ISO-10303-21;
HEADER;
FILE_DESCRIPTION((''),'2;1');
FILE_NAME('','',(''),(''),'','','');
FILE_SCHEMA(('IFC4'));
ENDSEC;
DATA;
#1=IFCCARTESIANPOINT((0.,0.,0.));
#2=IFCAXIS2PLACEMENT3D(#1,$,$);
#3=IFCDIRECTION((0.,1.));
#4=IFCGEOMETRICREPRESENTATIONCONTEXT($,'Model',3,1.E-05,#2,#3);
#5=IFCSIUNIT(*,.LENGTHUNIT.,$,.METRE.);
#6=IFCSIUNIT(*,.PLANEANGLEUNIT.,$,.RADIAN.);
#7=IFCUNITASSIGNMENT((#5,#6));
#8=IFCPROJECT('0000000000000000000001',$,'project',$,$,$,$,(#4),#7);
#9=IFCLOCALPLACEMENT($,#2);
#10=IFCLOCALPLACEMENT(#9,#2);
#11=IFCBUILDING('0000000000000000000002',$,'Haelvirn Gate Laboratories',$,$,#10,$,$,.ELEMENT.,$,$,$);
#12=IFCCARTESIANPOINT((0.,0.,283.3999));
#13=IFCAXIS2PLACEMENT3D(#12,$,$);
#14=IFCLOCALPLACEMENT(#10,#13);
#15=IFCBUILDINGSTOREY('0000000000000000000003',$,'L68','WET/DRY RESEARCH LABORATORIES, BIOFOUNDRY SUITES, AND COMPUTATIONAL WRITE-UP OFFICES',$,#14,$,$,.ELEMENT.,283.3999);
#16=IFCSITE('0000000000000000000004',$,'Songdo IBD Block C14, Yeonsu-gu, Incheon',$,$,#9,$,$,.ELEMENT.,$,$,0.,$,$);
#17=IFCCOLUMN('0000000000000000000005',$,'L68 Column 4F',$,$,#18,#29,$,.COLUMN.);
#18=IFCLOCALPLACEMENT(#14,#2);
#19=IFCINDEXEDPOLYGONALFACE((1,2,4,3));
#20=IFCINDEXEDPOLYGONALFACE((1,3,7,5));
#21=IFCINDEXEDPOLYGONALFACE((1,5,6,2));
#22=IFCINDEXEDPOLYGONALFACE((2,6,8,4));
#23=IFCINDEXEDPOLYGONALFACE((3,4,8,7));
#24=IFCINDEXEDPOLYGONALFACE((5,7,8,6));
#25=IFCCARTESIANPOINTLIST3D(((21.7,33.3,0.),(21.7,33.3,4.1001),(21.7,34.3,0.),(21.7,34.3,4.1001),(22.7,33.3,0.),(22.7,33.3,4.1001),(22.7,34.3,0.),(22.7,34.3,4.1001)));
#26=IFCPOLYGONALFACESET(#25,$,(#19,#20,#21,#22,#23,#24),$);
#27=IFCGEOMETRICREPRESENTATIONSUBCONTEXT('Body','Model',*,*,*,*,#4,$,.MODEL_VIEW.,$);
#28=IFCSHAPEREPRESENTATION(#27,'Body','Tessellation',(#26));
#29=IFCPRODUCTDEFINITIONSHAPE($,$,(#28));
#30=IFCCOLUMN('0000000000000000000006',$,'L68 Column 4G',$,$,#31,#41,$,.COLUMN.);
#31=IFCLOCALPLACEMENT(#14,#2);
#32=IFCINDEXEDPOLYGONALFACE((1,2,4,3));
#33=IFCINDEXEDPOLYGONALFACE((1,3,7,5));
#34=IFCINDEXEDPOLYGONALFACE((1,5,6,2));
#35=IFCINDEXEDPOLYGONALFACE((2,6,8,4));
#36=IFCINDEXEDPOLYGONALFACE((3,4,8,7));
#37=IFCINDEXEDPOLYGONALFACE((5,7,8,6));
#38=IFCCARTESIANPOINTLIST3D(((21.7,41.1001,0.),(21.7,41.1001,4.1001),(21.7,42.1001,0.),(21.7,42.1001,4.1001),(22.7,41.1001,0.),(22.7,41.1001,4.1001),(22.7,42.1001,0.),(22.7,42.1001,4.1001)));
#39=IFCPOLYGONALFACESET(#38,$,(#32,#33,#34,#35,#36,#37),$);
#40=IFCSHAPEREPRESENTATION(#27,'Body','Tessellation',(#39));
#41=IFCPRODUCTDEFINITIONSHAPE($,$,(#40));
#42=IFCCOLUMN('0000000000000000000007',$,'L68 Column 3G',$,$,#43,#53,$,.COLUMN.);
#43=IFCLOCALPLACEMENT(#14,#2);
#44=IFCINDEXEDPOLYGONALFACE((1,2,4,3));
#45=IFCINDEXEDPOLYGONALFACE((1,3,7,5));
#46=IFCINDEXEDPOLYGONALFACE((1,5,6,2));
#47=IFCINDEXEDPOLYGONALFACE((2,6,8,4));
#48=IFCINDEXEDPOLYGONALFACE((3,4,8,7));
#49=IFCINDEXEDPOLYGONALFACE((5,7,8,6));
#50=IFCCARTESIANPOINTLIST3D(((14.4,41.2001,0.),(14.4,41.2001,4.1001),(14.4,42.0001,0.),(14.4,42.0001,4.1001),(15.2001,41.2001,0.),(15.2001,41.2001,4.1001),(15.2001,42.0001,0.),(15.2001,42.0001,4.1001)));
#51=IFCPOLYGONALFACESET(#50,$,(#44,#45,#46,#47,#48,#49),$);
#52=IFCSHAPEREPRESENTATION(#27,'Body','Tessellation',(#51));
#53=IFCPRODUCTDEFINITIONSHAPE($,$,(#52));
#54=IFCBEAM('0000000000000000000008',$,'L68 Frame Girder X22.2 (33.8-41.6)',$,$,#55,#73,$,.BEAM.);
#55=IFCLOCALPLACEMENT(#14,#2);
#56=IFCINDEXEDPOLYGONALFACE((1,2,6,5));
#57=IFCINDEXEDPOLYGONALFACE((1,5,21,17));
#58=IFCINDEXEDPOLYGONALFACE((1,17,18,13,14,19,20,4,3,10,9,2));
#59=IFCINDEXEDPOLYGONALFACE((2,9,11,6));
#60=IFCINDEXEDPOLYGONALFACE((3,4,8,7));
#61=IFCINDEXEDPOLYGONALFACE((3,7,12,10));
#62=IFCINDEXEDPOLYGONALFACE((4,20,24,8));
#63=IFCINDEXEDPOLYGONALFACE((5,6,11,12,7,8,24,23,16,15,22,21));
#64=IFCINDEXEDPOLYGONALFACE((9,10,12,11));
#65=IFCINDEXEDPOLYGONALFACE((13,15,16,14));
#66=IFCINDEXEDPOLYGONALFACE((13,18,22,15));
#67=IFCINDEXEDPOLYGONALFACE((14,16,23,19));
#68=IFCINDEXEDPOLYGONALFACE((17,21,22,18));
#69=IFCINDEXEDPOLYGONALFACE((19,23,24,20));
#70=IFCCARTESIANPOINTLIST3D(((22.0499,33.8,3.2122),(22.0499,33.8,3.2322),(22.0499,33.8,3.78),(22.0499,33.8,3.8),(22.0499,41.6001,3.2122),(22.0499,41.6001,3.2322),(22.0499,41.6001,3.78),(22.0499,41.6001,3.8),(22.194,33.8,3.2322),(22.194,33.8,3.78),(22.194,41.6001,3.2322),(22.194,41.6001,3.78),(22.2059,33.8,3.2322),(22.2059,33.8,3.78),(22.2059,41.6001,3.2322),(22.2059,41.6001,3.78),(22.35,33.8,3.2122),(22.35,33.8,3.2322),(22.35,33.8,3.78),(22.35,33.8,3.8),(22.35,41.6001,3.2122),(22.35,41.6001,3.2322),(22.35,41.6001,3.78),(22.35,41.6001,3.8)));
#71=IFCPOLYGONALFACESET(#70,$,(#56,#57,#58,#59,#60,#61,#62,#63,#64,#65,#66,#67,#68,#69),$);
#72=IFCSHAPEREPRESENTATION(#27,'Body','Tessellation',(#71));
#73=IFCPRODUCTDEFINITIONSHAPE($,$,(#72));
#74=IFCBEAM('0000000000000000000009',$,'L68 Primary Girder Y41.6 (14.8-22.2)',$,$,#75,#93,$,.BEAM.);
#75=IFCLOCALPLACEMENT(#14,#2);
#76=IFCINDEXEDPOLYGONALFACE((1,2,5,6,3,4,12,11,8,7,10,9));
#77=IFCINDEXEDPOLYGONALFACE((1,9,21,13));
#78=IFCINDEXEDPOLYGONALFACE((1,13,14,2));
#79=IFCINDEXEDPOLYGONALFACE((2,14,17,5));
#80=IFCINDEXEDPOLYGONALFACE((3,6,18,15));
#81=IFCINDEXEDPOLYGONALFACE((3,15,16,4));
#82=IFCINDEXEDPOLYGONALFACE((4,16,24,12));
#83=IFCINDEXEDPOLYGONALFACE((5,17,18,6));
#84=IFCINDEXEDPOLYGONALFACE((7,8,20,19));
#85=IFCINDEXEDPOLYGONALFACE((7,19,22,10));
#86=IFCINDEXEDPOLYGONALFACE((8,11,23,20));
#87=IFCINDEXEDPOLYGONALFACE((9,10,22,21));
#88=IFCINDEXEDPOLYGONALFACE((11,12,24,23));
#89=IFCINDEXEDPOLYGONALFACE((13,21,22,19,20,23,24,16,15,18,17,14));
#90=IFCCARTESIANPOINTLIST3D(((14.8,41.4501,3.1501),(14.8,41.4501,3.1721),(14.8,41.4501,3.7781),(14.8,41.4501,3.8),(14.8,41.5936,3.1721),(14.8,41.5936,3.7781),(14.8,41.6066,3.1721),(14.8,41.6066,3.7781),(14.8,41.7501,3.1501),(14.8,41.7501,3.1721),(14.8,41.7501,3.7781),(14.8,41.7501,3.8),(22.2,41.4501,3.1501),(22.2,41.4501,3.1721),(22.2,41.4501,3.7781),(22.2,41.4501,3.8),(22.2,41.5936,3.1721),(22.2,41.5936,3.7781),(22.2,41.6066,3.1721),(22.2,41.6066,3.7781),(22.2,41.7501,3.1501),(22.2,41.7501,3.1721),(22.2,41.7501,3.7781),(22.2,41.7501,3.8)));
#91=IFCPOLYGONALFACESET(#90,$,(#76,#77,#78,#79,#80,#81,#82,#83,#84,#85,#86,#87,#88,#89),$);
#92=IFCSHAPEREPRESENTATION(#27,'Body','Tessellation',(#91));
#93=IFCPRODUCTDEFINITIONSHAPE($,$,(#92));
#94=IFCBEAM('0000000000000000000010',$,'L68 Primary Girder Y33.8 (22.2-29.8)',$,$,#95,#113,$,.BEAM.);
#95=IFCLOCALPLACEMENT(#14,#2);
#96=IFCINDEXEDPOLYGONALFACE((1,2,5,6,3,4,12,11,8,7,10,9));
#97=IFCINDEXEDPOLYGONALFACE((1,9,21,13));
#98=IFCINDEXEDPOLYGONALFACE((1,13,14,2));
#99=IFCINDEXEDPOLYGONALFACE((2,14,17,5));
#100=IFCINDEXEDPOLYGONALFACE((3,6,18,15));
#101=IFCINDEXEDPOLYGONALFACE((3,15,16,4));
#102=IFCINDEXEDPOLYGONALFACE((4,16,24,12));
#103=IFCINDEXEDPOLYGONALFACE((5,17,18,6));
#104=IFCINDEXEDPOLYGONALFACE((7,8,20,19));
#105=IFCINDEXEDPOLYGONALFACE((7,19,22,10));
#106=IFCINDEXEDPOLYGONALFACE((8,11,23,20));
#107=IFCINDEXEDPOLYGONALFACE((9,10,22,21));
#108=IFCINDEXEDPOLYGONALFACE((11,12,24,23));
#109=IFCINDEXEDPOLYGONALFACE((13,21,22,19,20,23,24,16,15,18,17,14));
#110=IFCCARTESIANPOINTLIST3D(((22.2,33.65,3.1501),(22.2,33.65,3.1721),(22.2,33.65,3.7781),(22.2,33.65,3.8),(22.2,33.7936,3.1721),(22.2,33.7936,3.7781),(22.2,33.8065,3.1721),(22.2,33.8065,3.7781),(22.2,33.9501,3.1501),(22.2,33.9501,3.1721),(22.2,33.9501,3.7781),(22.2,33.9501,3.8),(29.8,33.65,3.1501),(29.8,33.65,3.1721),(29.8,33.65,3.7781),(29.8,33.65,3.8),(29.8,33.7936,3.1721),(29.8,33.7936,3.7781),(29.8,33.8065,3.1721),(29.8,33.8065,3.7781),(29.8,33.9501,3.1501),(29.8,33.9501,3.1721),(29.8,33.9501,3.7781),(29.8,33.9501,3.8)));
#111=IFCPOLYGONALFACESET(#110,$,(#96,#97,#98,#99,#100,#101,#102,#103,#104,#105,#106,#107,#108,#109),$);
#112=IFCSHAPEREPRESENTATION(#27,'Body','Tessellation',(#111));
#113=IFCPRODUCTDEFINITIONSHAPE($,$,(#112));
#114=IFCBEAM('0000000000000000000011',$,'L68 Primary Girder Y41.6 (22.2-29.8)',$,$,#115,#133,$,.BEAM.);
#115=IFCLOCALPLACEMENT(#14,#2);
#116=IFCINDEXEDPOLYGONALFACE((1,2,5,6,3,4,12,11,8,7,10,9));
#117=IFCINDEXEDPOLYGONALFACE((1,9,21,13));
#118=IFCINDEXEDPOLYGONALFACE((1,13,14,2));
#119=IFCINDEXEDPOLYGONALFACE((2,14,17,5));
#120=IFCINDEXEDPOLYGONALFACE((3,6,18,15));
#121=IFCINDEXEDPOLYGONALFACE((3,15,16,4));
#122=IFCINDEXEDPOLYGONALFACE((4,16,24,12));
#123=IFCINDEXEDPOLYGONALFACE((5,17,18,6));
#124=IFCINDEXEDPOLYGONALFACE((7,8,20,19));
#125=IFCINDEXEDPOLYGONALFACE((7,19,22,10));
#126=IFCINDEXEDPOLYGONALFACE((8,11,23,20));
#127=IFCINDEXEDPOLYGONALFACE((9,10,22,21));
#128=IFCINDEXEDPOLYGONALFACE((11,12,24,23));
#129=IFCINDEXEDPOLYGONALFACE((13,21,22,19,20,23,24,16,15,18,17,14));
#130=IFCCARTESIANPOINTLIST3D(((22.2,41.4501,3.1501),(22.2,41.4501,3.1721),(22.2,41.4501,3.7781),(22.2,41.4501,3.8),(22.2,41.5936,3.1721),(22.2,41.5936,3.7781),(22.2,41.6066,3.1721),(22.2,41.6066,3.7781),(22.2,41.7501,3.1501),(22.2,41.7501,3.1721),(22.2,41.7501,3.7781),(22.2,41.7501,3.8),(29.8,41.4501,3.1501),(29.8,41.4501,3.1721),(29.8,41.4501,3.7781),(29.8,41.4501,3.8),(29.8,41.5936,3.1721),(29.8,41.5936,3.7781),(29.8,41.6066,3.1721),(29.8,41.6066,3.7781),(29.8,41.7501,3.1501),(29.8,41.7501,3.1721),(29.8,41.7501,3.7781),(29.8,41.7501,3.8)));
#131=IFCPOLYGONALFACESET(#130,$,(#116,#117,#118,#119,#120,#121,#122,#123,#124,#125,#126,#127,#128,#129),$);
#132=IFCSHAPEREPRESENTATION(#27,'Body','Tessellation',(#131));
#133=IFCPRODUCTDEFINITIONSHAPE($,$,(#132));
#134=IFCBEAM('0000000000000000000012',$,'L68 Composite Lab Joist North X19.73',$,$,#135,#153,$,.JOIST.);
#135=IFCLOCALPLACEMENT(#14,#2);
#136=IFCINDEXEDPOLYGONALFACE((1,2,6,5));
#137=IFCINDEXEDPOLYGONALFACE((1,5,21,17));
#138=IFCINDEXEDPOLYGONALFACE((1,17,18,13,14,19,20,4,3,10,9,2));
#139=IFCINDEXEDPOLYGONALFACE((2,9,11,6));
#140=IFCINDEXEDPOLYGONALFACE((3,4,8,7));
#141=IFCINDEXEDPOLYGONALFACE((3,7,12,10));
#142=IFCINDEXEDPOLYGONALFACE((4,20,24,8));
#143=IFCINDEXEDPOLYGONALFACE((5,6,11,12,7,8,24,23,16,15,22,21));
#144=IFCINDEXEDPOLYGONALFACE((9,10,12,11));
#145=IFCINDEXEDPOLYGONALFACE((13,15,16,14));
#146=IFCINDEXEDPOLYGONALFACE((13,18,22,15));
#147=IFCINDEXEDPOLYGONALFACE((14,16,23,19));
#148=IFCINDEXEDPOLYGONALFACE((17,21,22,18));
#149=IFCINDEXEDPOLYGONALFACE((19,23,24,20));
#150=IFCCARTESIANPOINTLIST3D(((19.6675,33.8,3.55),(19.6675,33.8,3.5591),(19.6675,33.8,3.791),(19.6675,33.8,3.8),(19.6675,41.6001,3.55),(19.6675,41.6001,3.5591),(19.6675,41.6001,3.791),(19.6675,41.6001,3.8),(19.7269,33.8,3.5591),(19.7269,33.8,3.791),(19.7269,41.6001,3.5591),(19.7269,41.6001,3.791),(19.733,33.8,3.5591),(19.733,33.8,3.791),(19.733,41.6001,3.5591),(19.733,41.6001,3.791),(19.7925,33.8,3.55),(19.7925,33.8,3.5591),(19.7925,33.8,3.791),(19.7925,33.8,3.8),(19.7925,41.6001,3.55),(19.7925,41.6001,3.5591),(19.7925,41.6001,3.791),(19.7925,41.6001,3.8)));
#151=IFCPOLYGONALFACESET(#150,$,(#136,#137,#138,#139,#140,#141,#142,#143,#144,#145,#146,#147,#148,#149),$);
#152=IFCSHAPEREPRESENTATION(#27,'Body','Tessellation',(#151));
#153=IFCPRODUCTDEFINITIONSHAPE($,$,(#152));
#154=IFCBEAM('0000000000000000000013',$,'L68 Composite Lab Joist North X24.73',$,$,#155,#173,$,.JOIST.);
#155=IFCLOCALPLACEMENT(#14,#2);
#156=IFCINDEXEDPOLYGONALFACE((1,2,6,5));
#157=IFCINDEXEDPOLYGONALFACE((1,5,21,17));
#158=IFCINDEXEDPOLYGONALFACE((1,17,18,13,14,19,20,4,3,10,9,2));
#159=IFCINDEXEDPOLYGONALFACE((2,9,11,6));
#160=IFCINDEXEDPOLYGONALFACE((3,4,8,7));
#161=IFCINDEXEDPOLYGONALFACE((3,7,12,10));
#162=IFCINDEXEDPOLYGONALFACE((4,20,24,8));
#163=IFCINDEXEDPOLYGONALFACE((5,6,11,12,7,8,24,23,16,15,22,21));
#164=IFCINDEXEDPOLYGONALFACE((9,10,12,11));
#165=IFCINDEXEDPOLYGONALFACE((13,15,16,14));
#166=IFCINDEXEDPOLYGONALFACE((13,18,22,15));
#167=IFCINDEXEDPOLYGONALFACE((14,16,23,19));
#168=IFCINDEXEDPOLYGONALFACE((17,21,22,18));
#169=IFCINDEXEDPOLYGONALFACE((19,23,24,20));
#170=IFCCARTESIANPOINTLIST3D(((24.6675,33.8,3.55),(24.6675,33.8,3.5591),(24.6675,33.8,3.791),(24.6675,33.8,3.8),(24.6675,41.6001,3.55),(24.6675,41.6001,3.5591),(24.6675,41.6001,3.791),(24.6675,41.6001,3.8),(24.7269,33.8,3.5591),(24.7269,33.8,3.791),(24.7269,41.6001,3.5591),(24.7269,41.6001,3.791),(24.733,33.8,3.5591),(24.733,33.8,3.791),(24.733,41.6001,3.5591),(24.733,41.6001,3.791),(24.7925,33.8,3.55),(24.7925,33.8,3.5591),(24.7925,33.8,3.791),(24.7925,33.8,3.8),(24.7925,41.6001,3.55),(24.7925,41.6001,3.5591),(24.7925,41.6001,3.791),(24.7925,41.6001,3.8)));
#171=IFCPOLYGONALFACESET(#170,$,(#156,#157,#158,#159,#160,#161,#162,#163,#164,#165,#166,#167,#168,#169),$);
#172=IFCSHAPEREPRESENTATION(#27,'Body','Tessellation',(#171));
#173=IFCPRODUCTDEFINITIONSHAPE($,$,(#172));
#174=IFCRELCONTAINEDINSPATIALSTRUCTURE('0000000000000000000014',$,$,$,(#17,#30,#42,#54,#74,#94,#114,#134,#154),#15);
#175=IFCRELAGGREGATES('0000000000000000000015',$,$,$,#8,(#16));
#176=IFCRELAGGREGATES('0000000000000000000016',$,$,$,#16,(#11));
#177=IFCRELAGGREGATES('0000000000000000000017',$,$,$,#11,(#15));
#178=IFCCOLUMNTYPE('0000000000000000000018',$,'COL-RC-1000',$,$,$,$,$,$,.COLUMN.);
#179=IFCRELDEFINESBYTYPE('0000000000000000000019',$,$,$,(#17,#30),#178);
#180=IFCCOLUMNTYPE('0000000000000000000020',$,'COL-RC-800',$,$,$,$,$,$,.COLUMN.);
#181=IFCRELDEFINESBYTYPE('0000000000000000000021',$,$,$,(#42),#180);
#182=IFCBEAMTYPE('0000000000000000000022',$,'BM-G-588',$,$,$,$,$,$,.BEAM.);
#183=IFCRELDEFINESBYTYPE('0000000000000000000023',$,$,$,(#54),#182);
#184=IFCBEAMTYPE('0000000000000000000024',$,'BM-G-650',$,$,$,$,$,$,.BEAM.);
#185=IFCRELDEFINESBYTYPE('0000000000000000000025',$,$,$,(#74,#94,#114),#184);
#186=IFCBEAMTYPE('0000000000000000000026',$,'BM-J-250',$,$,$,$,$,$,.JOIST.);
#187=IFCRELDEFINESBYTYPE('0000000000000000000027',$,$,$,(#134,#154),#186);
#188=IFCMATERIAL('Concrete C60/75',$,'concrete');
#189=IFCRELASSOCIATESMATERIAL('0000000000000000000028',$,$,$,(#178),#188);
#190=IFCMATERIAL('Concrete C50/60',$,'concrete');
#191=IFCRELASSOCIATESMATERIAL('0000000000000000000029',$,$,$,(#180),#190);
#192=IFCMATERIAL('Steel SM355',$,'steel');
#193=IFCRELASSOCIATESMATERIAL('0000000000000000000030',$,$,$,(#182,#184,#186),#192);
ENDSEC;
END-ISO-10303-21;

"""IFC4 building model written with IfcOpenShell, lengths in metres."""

from ifc_helpers import new_model, si_unit, direction, frame, origin, origin_2d, place, context, subcontext, project, spatial, rectangle, i_section, extrude, source, transform, mapped, material, material_profile, profile_set, type_object, type_shapes, element, save


model = new_model("IFC4")

# Units and contexts
model_context = context("Model", 3, precision=1e-05, world=origin(), true_north=direction((0.0, 1.0)))
body_context = subcontext(model_context, "Body", "Model", "MODEL_VIEW")
ifc_project = project(units=[si_unit("LENGTHUNIT", "METRE"), si_unit("PLANEANGLEUNIT", "RADIAN")], contexts=[model_context])

# Site, building, storey
site_placement = place(None, origin())
site = spatial("IfcSite", under=ifc_project, at=site_placement, Name="Songdo IBD Block C14, Yeonsu-gu, Incheon", CompositionType="ELEMENT", RefElevation=0.0)
building_placement = place(site_placement, origin())
building = spatial("IfcBuilding", under=site, at=building_placement, Name="Haelvirn Gate Laboratories", CompositionType="ELEMENT")
storey_placement = place(building_placement, frame((0.0, 0.0, 283.3999)))
storey = spatial("IfcBuildingStorey", under=building, at=storey_placement, Name="L68", Description="WET/DRY RESEARCH LABORATORIES, BIOFOUNDRY SUITES, AND COMPUTATIONAL WRITE-UP OFFICES", CompositionType="ELEMENT", Elevation=283.3999)

# Columns
ifc_material_1 = material(Name="Concrete C60/75", Category="concrete")
ifc_material_profile_1 = material_profile(ifc_material_1, rectangle(XDim=1.0, YDim=1.0, at=origin_2d()), Name="RC-1000x1000")
ifc_profile_set_1 = profile_set([ifc_material_profile_1], Name="Concrete C60/75")
column_type_1 = type_object("IfcColumnType", Name="COL-RC-1000", PredefinedType="COLUMN", material=ifc_profile_set_1)
shared_shape_1 = source(origin(), body_context, "Body", "SweptSolid", [
    extrude(rectangle(XDim=1.0, YDim=1.0, at=origin_2d()), origin(), (0.0, 0.0, 1.0), 4.1001),
])
type_shapes(column_type_1, [shared_shape_1])
for number, where, z_axis, x_axis, name in (
    (1, (22.2, 33.8, 0.0), (0.0, 0.0, 1.0), (1.0, 0.0, 0.0), "L68 Column 4F"),
    (2, (22.2, 41.6001, 0.0), (0.0, 0.0, 1.0), (1.0, 0.0, 0.0), "L68 Column 4G"),
):
    element("IfcColumn", number, at=place(storey_placement, frame(where, z_axis=z_axis, x_axis=x_axis)), inside=storey, type_object=column_type_1, Name=name, PredefinedType="COLUMN", context=body_context, shape_type="MappedRepresentation", body=[
        mapped(shared_shape_1, transform((0.0, 0.0, 0.0), scale=1.0)),
    ])
ifc_material_2 = material(Name="Concrete C50/60", Category="concrete")
ifc_material_profile_2 = material_profile(ifc_material_2, rectangle(XDim=0.8, YDim=0.8, at=origin_2d()), Name="RC-800x800")
ifc_profile_set_2 = profile_set([ifc_material_profile_2], Name="Concrete C50/60")
column_type_2 = type_object("IfcColumnType", Name="COL-RC-800", PredefinedType="COLUMN", material=ifc_profile_set_2)
shared_shape_2 = source(origin(), body_context, "Body", "SweptSolid", [
    extrude(rectangle(XDim=0.8, YDim=0.8, at=origin_2d()), origin(), (0.0, 0.0, 1.0), 4.1001),
])
type_shapes(column_type_2, [shared_shape_2])
column_placement = place(storey_placement, frame((14.8, 41.6001, 0.0), z_axis=(0.0, 0.0, 1.0), x_axis=(1.0, 0.0, 0.0)))
element("IfcColumn", 3, at=column_placement, inside=storey, type_object=column_type_2, Name="L68 Column 3G", PredefinedType="COLUMN", context=body_context, shape_type="MappedRepresentation", body=[
    mapped(shared_shape_2, transform((0.0, 0.0, 0.0), scale=1.0)),
])

# Beams
ifc_material_3 = material(Name="Steel SM355", Category="steel")
ifc_material_profile_3 = material_profile(ifc_material_3, i_section(OverallWidth=0.3, OverallDepth=0.5879, WebThickness=0.012, FlangeThickness=0.02, at=origin_2d()), Name="H-588x300x12x20")
ifc_profile_set_3 = profile_set([ifc_material_profile_3], Name="Steel SM355")
beam_type_1 = type_object("IfcBeamType", Name="BM-G-588", PredefinedType="BEAM", material=ifc_profile_set_3)
shared_shape_3 = source(origin(), body_context, "Body", "SweptSolid", [
    extrude(i_section(OverallWidth=0.3, OverallDepth=0.5879, WebThickness=0.012, FlangeThickness=0.02, at=origin_2d()), origin(), (0.0, 0.0, 1.0), 7.8),
])
type_shapes(beam_type_1, [shared_shape_3])
beam_1_placement = place(storey_placement, frame((22.2, 33.8, 3.5061), z_axis=(0.0, 1.0, 0.0), x_axis=(-1.0, 0.0, 0.0)))
element("IfcBeam", 4, at=beam_1_placement, inside=storey, type_object=beam_type_1, Name="L68 Frame Girder X22.2 (33.8-41.6)", PredefinedType="BEAM", context=body_context, shape_type="MappedRepresentation", body=[
    mapped(shared_shape_3, transform((0.0, 0.0, 0.0), scale=1.0)),
])
ifc_material_profile_4 = material_profile(ifc_material_3, i_section(OverallWidth=0.3, OverallDepth=0.6499, WebThickness=0.0129, FlangeThickness=0.022, at=origin_2d()), Name="H-650x300x13x22")
ifc_profile_set_4 = profile_set([ifc_material_profile_4], Name="Steel SM355")
beam_type_2 = type_object("IfcBeamType", Name="BM-G-650", PredefinedType="BEAM", material=ifc_profile_set_4)
shared_shape_4 = source(origin(), body_context, "Body", "SweptSolid", [
    extrude(i_section(OverallWidth=0.3, OverallDepth=0.6499, WebThickness=0.0129, FlangeThickness=0.022, at=origin_2d()), origin(), (0.0, 0.0, 1.0), 7.3999),
])
beam_2_placement = place(storey_placement, frame((14.8, 41.6001, 3.4751), z_axis=(1.0, 0.0, 0.0), x_axis=(0.0, 1.0, 0.0)))
element("IfcBeam", 5, at=beam_2_placement, inside=storey, type_object=beam_type_2, Name="L68 Primary Girder Y41.6 (14.8-22.2)", PredefinedType="BEAM", context=body_context, shape_type="MappedRepresentation", body=[
    mapped(shared_shape_4, transform((0.0, 0.0, 0.0), scale=1.0)),
])
shared_shape_5 = source(origin(), body_context, "Body", "SweptSolid", [
    extrude(i_section(OverallWidth=0.3, OverallDepth=0.6499, WebThickness=0.0129, FlangeThickness=0.022, at=origin_2d()), origin(), (0.0, 0.0, 1.0), 7.6001),
])
type_shapes(beam_type_2, [shared_shape_4, shared_shape_5])
for number, where, z_axis, x_axis, name in (
    (6, (22.2, 33.8, 3.4751), (1.0, 0.0, 0.0), (0.0, 1.0, 0.0), "L68 Primary Girder Y33.8 (22.2-29.8)"),
    (7, (22.2, 41.6001, 3.4751), (1.0, 0.0, 0.0), (0.0, 1.0, 0.0), "L68 Primary Girder Y41.6 (22.2-29.8)"),
):
    element("IfcBeam", number, at=place(storey_placement, frame(where, z_axis=z_axis, x_axis=x_axis)), inside=storey, type_object=beam_type_2, Name=name, PredefinedType="BEAM", context=body_context, shape_type="MappedRepresentation", body=[
        mapped(shared_shape_5, transform((0.0, 0.0, 0.0), scale=1.0)),
    ])
ifc_material_profile_5 = material_profile(ifc_material_3, i_section(OverallWidth=0.125, OverallDepth=0.25, WebThickness=0.0061, FlangeThickness=0.009, at=origin_2d()), Name="H-250x125x6x9")
ifc_profile_set_5 = profile_set([ifc_material_profile_5], Name="Steel SM355")
beam_type_3 = type_object("IfcBeamType", Name="BM-J-250", PredefinedType="JOIST", material=ifc_profile_set_5)
shared_shape_6 = source(origin(), body_context, "Body", "SweptSolid", [
    extrude(i_section(OverallWidth=0.125, OverallDepth=0.25, WebThickness=0.0061, FlangeThickness=0.009, at=origin_2d()), origin(), (0.0, 0.0, 1.0), 7.8),
])
type_shapes(beam_type_3, [shared_shape_6])
for number, where, z_axis, x_axis, name in (
    (8, (19.73, 33.8, 3.675), (0.0, 1.0, 0.0), (-1.0, 0.0, 0.0), "L68 Composite Lab Joist North X19.73"),
    (9, (24.73, 33.8, 3.675), (0.0, 1.0, 0.0), (-1.0, 0.0, 0.0), "L68 Composite Lab Joist North X24.73"),
):
    element("IfcBeam", number, at=place(storey_placement, frame(where, z_axis=z_axis, x_axis=x_axis)), inside=storey, type_object=beam_type_3, Name=name, PredefinedType="JOIST", context=body_context, shape_type="MappedRepresentation", body=[
        mapped(shared_shape_6, transform((0.0, 0.0, 0.0), scale=1.0)),
    ])

save(model, "model.ifc")
